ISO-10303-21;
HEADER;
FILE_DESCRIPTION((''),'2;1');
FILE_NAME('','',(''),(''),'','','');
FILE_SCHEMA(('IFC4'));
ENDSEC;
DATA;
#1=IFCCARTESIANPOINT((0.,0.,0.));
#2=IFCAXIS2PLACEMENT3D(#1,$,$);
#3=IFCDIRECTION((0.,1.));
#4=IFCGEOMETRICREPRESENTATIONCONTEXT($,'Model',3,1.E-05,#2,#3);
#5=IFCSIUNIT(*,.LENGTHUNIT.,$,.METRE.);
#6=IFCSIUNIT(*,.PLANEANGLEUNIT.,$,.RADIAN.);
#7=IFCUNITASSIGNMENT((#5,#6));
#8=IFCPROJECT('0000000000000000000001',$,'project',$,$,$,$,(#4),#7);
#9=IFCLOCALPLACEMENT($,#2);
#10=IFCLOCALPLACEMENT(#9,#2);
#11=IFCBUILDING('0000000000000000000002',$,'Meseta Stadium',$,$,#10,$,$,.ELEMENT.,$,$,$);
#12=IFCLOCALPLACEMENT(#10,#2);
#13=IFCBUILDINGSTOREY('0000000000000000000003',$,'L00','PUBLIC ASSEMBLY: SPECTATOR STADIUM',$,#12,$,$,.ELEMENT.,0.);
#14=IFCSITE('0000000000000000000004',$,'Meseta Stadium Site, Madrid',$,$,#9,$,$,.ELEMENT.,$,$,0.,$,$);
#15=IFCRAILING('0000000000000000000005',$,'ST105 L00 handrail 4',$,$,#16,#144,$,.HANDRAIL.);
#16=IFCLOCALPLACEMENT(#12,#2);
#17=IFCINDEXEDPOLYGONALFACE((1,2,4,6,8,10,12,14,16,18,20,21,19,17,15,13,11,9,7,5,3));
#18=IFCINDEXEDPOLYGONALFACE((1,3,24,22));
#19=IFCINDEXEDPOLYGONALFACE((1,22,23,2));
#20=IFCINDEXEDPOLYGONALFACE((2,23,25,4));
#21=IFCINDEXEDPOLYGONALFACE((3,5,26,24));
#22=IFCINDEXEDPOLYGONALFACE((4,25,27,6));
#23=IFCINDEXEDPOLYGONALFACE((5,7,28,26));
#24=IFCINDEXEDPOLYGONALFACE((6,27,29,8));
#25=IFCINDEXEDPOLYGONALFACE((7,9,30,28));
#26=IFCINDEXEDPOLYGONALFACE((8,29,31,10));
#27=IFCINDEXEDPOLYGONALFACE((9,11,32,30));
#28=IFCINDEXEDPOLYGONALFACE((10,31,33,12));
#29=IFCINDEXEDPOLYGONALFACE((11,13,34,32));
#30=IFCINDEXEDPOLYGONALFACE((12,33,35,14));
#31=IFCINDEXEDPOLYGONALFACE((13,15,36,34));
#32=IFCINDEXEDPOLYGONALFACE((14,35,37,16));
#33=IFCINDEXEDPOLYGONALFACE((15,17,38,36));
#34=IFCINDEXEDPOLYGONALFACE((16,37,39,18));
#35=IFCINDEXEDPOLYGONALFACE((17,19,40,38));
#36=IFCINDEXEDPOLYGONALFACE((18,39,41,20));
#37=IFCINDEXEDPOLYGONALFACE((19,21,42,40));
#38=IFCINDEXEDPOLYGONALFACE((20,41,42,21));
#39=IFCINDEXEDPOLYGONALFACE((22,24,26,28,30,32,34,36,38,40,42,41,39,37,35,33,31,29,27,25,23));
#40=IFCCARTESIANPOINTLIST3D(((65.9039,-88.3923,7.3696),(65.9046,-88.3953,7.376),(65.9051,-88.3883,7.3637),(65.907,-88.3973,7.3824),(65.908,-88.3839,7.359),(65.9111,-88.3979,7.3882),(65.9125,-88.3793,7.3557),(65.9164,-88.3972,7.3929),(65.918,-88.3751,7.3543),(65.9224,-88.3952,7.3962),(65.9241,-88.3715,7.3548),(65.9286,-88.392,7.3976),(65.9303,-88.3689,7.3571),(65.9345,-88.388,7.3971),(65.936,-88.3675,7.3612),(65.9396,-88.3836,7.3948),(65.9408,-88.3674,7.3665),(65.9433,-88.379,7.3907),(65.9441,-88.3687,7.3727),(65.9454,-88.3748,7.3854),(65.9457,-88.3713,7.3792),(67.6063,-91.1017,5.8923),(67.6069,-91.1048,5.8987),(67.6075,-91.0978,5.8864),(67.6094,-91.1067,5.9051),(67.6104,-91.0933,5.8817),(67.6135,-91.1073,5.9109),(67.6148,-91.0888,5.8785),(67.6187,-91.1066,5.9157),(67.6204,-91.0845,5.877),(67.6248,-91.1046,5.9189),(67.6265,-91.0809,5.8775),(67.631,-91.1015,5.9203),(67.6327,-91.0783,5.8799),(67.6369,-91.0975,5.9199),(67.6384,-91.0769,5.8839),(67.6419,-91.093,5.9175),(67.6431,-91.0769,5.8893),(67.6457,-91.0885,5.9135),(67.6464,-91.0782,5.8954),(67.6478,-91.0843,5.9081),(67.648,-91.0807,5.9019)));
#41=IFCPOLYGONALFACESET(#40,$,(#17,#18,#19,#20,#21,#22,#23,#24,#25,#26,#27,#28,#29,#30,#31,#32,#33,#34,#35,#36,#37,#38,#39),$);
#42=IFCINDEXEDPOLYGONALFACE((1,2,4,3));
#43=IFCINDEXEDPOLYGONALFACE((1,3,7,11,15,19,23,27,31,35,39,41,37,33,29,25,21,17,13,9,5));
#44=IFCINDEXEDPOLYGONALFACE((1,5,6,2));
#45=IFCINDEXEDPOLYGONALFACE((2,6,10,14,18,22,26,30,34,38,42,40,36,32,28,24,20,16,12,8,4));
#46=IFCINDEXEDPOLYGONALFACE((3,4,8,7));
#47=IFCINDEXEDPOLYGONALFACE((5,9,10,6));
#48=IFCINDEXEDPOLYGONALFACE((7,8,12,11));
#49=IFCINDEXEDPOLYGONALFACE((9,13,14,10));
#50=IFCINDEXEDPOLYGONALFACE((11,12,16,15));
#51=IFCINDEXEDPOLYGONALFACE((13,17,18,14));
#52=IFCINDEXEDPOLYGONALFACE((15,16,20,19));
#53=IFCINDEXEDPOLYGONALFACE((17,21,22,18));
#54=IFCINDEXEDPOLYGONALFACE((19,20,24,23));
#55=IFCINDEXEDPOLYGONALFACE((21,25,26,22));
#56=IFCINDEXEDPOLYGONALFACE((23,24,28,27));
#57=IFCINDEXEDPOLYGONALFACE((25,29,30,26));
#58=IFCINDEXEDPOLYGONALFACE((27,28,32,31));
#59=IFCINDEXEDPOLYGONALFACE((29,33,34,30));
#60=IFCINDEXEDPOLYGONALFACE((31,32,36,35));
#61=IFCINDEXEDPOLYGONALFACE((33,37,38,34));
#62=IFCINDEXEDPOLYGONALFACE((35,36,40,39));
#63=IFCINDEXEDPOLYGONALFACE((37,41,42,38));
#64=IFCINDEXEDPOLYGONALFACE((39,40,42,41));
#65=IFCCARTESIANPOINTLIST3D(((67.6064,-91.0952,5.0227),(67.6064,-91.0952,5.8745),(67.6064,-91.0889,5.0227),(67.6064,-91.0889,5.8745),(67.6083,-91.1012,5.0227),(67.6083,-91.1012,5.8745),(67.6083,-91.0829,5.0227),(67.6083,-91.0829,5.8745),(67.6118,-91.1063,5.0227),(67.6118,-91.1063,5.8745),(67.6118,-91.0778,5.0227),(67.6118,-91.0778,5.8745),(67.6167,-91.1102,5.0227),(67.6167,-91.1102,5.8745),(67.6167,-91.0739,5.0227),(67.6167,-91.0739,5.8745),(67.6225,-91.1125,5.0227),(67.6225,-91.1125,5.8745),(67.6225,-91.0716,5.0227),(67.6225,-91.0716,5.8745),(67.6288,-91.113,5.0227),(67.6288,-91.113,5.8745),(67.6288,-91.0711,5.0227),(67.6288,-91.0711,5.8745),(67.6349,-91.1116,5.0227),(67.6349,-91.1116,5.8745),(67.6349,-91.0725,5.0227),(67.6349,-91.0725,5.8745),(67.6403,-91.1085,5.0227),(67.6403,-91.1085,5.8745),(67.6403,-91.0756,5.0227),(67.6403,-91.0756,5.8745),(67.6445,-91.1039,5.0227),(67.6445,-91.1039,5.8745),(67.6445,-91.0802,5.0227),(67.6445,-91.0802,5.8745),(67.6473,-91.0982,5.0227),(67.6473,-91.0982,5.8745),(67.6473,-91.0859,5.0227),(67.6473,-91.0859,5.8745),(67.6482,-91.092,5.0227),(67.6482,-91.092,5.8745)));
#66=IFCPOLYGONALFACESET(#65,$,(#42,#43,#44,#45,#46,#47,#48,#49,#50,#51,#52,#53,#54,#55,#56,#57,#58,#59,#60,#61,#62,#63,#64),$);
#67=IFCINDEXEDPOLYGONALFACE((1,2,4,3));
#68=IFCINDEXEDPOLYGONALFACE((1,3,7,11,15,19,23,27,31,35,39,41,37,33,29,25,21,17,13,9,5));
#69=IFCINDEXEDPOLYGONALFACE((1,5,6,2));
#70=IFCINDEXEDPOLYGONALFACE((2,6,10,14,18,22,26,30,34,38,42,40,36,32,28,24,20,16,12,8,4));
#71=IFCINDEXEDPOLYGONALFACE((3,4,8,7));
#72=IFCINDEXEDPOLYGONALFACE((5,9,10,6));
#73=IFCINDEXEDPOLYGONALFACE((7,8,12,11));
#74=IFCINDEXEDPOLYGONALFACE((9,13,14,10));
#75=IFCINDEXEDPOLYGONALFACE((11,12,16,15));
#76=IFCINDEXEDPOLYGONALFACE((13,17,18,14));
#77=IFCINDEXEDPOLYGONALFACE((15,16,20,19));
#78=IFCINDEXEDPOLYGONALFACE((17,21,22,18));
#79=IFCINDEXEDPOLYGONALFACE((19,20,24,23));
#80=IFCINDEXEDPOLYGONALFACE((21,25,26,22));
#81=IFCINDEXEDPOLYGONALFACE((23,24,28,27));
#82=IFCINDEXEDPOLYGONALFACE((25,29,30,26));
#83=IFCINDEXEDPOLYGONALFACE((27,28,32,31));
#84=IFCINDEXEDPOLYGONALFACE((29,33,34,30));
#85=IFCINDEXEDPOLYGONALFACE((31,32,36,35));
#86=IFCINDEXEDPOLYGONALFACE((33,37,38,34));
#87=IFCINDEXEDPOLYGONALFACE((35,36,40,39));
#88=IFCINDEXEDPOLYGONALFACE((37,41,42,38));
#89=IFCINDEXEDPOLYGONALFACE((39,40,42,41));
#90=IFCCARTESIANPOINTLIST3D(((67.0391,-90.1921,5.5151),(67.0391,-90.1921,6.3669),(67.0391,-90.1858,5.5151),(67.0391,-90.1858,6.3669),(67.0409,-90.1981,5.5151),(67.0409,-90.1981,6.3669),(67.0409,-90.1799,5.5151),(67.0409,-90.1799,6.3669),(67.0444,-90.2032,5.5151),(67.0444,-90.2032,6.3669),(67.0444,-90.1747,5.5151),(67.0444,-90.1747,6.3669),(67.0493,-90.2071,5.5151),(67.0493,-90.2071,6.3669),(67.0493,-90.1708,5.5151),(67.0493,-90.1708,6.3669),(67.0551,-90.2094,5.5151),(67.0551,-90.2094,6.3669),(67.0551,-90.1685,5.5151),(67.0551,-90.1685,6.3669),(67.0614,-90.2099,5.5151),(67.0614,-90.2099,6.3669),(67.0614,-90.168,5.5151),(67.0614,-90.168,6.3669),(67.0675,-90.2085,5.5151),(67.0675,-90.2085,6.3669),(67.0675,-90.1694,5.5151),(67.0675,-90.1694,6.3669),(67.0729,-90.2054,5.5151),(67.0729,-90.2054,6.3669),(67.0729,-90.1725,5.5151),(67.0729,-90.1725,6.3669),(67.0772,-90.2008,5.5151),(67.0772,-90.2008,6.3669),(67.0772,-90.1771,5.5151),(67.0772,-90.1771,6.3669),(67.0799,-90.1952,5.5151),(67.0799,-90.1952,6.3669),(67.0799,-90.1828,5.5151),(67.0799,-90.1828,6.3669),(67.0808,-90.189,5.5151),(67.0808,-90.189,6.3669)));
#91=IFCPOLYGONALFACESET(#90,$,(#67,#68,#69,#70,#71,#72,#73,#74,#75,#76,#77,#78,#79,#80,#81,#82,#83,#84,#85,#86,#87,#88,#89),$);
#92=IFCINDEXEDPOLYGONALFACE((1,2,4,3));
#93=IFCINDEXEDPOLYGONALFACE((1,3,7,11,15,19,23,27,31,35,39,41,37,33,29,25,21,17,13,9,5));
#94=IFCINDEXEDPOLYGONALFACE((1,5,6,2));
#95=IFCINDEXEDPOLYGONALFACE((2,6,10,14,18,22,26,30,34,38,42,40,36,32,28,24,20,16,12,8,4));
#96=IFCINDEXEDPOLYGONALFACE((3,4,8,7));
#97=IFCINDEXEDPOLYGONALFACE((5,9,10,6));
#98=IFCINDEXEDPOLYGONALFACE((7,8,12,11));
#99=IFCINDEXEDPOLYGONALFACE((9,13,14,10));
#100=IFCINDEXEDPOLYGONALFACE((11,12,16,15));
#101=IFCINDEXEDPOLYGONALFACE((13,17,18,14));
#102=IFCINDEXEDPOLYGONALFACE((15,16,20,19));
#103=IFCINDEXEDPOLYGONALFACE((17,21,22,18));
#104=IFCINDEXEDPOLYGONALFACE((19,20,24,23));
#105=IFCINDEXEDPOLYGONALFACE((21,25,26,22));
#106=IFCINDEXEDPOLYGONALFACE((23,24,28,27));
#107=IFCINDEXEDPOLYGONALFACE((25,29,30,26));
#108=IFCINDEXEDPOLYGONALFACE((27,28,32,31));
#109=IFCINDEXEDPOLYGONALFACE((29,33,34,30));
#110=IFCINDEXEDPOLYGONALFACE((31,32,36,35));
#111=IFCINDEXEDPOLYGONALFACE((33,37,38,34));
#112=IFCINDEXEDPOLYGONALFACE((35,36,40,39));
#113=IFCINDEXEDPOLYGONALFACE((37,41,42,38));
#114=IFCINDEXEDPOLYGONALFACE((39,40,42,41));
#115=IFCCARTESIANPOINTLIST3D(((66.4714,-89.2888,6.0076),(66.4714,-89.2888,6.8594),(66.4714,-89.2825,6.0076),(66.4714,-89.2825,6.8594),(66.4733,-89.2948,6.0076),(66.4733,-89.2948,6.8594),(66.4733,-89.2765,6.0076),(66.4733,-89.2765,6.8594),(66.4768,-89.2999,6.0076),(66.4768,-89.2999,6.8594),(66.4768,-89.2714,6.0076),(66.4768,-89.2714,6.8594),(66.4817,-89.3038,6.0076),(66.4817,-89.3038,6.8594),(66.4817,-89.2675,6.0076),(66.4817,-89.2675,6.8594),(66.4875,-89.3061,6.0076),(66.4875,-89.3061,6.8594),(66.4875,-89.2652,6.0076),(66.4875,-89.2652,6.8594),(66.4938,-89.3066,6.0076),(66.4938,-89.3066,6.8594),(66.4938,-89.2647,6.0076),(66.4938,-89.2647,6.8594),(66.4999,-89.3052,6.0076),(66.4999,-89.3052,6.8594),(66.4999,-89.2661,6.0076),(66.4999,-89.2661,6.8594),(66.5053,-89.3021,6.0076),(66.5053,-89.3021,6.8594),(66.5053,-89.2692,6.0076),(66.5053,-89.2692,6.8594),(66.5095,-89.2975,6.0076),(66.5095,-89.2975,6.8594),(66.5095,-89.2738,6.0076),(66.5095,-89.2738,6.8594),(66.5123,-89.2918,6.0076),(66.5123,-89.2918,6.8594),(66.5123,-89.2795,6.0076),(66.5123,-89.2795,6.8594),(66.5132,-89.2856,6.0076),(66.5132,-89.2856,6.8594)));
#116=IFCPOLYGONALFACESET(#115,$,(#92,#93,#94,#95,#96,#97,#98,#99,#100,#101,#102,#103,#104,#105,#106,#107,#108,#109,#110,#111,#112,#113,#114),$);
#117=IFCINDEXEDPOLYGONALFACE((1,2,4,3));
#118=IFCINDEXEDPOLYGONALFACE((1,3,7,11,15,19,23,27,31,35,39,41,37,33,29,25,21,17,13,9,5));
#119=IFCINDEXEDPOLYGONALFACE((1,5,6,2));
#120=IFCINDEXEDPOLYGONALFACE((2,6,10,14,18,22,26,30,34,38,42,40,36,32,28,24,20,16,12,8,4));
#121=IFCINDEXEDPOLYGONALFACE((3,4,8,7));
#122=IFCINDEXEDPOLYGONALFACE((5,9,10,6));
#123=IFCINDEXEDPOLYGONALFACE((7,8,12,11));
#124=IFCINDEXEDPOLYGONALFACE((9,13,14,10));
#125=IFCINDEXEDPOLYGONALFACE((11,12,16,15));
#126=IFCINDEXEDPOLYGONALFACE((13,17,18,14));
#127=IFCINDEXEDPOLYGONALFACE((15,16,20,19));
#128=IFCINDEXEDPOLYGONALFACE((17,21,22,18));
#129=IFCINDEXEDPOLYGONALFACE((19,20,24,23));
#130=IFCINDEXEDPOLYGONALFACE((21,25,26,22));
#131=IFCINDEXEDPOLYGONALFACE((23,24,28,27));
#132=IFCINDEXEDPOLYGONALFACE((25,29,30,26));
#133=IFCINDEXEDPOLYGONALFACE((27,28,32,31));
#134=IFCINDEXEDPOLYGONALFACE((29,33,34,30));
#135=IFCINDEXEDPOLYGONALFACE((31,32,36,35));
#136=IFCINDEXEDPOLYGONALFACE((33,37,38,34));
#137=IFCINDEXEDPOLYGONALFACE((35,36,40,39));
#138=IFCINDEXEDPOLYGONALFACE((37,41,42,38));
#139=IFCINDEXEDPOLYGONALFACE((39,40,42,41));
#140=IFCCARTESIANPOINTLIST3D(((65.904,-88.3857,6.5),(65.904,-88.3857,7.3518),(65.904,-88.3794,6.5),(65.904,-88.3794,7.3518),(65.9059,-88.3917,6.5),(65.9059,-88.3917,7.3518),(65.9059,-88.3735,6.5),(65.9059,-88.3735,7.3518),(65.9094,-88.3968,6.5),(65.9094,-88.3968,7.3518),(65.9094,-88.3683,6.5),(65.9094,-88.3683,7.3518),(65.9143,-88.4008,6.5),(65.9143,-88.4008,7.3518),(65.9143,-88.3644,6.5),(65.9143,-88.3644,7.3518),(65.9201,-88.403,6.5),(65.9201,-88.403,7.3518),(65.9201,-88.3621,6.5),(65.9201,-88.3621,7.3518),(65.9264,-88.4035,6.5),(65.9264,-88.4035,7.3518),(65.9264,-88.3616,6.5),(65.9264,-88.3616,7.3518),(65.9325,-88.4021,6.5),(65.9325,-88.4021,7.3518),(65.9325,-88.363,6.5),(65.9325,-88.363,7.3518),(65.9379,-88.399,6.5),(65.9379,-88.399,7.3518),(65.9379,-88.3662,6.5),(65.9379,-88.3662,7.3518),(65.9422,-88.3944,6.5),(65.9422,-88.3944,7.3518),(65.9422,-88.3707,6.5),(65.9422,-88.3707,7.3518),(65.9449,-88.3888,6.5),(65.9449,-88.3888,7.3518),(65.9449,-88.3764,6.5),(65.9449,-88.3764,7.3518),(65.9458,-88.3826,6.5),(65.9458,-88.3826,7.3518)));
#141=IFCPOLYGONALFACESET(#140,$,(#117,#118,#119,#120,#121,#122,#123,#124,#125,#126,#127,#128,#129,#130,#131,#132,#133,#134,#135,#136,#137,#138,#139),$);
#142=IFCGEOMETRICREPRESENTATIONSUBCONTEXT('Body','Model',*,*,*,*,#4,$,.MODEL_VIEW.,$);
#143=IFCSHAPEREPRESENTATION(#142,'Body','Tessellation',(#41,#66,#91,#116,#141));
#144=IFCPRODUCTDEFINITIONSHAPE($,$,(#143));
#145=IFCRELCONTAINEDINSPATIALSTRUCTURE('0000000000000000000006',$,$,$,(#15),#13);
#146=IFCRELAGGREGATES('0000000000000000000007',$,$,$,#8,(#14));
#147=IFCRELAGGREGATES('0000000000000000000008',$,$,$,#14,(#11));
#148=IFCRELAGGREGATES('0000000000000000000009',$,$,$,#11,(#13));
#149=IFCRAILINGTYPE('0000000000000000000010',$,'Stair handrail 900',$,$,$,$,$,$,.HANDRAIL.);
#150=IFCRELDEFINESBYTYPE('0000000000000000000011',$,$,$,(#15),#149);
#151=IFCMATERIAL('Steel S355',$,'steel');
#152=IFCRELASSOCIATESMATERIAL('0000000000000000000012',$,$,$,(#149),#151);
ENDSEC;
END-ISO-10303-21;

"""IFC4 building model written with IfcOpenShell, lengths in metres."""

from ifc_helpers import new_model, si_unit, direction, frame, origin, origin_2d, place, context, subcontext, project, spatial, circle, extrude, material, type_object, element, save


model = new_model("IFC4")

# Units and contexts
model_context = context("Model", 3, precision=1e-05, world=origin(), true_north=direction((0.0, 1.0)))
body_context = subcontext(model_context, "Body", "Model", "MODEL_VIEW")
ifc_project = project(units=[si_unit("LENGTHUNIT", "METRE"), si_unit("PLANEANGLEUNIT", "RADIAN")], contexts=[model_context])

# Site, building, storey
site_placement = place(None, origin())
site = spatial("IfcSite", under=ifc_project, at=site_placement, Name="Meseta Stadium Site, Madrid", CompositionType="ELEMENT", RefElevation=0.0)
building_placement = place(site_placement, origin())
building = spatial("IfcBuilding", under=site, at=building_placement, Name="Meseta Stadium", CompositionType="ELEMENT")
storey_placement = place(building_placement, origin())
storey = spatial("IfcBuildingStorey", under=building, at=storey_placement, Name="L00", Description="PUBLIC ASSEMBLY: SPECTATOR STADIUM", CompositionType="ELEMENT", Elevation=0.0)

# Railing
ifc_material_1 = material(Name="Steel S355", Category="steel")
railing_type_1 = type_object("IfcRailingType", Name="Stair handrail 900", PredefinedType="HANDRAIL", material=ifc_material_1)
railing_1_placement = place(storey_placement, frame((67.6272, -91.092, 5.0227)))
element("IfcRailing", 1, at=railing_1_placement, inside=storey, type_object=railing_type_1, Name="ST105 L00 handrail 4", PredefinedType="HANDRAIL", context=body_context, shape_type="SweptSolid", body=[
    extrude(circle(Radius=0.0239, at=origin_2d()), frame((0.0, 0.0, 0.876), z_axis=(-0.483023, 0.768764, 0.419156), x_axis=(-0.846736, -0.532014, 0.0)), (0.0, 0.0, 1.0), 3.5244),
    extrude(circle(Radius=0.021, at=origin_2d()), origin(), (0.0, 0.0, 1.0), 0.8518),
    extrude(circle(Radius=0.021, at=origin_2d()), frame((-0.5674, 0.9031, 0.4924)), (0.0, 0.0, 1.0), 0.8518),
    extrude(circle(Radius=0.021, at=origin_2d()), frame((-1.135, 1.8064, 0.9849)), (0.0, 0.0, 1.0), 0.8518),
    extrude(circle(Radius=0.021, at=origin_2d()), frame((-1.7024, 2.7095, 1.4773)), (0.0, 0.0, 1.0), 0.8518),
])

save(model, "model.ifc")
